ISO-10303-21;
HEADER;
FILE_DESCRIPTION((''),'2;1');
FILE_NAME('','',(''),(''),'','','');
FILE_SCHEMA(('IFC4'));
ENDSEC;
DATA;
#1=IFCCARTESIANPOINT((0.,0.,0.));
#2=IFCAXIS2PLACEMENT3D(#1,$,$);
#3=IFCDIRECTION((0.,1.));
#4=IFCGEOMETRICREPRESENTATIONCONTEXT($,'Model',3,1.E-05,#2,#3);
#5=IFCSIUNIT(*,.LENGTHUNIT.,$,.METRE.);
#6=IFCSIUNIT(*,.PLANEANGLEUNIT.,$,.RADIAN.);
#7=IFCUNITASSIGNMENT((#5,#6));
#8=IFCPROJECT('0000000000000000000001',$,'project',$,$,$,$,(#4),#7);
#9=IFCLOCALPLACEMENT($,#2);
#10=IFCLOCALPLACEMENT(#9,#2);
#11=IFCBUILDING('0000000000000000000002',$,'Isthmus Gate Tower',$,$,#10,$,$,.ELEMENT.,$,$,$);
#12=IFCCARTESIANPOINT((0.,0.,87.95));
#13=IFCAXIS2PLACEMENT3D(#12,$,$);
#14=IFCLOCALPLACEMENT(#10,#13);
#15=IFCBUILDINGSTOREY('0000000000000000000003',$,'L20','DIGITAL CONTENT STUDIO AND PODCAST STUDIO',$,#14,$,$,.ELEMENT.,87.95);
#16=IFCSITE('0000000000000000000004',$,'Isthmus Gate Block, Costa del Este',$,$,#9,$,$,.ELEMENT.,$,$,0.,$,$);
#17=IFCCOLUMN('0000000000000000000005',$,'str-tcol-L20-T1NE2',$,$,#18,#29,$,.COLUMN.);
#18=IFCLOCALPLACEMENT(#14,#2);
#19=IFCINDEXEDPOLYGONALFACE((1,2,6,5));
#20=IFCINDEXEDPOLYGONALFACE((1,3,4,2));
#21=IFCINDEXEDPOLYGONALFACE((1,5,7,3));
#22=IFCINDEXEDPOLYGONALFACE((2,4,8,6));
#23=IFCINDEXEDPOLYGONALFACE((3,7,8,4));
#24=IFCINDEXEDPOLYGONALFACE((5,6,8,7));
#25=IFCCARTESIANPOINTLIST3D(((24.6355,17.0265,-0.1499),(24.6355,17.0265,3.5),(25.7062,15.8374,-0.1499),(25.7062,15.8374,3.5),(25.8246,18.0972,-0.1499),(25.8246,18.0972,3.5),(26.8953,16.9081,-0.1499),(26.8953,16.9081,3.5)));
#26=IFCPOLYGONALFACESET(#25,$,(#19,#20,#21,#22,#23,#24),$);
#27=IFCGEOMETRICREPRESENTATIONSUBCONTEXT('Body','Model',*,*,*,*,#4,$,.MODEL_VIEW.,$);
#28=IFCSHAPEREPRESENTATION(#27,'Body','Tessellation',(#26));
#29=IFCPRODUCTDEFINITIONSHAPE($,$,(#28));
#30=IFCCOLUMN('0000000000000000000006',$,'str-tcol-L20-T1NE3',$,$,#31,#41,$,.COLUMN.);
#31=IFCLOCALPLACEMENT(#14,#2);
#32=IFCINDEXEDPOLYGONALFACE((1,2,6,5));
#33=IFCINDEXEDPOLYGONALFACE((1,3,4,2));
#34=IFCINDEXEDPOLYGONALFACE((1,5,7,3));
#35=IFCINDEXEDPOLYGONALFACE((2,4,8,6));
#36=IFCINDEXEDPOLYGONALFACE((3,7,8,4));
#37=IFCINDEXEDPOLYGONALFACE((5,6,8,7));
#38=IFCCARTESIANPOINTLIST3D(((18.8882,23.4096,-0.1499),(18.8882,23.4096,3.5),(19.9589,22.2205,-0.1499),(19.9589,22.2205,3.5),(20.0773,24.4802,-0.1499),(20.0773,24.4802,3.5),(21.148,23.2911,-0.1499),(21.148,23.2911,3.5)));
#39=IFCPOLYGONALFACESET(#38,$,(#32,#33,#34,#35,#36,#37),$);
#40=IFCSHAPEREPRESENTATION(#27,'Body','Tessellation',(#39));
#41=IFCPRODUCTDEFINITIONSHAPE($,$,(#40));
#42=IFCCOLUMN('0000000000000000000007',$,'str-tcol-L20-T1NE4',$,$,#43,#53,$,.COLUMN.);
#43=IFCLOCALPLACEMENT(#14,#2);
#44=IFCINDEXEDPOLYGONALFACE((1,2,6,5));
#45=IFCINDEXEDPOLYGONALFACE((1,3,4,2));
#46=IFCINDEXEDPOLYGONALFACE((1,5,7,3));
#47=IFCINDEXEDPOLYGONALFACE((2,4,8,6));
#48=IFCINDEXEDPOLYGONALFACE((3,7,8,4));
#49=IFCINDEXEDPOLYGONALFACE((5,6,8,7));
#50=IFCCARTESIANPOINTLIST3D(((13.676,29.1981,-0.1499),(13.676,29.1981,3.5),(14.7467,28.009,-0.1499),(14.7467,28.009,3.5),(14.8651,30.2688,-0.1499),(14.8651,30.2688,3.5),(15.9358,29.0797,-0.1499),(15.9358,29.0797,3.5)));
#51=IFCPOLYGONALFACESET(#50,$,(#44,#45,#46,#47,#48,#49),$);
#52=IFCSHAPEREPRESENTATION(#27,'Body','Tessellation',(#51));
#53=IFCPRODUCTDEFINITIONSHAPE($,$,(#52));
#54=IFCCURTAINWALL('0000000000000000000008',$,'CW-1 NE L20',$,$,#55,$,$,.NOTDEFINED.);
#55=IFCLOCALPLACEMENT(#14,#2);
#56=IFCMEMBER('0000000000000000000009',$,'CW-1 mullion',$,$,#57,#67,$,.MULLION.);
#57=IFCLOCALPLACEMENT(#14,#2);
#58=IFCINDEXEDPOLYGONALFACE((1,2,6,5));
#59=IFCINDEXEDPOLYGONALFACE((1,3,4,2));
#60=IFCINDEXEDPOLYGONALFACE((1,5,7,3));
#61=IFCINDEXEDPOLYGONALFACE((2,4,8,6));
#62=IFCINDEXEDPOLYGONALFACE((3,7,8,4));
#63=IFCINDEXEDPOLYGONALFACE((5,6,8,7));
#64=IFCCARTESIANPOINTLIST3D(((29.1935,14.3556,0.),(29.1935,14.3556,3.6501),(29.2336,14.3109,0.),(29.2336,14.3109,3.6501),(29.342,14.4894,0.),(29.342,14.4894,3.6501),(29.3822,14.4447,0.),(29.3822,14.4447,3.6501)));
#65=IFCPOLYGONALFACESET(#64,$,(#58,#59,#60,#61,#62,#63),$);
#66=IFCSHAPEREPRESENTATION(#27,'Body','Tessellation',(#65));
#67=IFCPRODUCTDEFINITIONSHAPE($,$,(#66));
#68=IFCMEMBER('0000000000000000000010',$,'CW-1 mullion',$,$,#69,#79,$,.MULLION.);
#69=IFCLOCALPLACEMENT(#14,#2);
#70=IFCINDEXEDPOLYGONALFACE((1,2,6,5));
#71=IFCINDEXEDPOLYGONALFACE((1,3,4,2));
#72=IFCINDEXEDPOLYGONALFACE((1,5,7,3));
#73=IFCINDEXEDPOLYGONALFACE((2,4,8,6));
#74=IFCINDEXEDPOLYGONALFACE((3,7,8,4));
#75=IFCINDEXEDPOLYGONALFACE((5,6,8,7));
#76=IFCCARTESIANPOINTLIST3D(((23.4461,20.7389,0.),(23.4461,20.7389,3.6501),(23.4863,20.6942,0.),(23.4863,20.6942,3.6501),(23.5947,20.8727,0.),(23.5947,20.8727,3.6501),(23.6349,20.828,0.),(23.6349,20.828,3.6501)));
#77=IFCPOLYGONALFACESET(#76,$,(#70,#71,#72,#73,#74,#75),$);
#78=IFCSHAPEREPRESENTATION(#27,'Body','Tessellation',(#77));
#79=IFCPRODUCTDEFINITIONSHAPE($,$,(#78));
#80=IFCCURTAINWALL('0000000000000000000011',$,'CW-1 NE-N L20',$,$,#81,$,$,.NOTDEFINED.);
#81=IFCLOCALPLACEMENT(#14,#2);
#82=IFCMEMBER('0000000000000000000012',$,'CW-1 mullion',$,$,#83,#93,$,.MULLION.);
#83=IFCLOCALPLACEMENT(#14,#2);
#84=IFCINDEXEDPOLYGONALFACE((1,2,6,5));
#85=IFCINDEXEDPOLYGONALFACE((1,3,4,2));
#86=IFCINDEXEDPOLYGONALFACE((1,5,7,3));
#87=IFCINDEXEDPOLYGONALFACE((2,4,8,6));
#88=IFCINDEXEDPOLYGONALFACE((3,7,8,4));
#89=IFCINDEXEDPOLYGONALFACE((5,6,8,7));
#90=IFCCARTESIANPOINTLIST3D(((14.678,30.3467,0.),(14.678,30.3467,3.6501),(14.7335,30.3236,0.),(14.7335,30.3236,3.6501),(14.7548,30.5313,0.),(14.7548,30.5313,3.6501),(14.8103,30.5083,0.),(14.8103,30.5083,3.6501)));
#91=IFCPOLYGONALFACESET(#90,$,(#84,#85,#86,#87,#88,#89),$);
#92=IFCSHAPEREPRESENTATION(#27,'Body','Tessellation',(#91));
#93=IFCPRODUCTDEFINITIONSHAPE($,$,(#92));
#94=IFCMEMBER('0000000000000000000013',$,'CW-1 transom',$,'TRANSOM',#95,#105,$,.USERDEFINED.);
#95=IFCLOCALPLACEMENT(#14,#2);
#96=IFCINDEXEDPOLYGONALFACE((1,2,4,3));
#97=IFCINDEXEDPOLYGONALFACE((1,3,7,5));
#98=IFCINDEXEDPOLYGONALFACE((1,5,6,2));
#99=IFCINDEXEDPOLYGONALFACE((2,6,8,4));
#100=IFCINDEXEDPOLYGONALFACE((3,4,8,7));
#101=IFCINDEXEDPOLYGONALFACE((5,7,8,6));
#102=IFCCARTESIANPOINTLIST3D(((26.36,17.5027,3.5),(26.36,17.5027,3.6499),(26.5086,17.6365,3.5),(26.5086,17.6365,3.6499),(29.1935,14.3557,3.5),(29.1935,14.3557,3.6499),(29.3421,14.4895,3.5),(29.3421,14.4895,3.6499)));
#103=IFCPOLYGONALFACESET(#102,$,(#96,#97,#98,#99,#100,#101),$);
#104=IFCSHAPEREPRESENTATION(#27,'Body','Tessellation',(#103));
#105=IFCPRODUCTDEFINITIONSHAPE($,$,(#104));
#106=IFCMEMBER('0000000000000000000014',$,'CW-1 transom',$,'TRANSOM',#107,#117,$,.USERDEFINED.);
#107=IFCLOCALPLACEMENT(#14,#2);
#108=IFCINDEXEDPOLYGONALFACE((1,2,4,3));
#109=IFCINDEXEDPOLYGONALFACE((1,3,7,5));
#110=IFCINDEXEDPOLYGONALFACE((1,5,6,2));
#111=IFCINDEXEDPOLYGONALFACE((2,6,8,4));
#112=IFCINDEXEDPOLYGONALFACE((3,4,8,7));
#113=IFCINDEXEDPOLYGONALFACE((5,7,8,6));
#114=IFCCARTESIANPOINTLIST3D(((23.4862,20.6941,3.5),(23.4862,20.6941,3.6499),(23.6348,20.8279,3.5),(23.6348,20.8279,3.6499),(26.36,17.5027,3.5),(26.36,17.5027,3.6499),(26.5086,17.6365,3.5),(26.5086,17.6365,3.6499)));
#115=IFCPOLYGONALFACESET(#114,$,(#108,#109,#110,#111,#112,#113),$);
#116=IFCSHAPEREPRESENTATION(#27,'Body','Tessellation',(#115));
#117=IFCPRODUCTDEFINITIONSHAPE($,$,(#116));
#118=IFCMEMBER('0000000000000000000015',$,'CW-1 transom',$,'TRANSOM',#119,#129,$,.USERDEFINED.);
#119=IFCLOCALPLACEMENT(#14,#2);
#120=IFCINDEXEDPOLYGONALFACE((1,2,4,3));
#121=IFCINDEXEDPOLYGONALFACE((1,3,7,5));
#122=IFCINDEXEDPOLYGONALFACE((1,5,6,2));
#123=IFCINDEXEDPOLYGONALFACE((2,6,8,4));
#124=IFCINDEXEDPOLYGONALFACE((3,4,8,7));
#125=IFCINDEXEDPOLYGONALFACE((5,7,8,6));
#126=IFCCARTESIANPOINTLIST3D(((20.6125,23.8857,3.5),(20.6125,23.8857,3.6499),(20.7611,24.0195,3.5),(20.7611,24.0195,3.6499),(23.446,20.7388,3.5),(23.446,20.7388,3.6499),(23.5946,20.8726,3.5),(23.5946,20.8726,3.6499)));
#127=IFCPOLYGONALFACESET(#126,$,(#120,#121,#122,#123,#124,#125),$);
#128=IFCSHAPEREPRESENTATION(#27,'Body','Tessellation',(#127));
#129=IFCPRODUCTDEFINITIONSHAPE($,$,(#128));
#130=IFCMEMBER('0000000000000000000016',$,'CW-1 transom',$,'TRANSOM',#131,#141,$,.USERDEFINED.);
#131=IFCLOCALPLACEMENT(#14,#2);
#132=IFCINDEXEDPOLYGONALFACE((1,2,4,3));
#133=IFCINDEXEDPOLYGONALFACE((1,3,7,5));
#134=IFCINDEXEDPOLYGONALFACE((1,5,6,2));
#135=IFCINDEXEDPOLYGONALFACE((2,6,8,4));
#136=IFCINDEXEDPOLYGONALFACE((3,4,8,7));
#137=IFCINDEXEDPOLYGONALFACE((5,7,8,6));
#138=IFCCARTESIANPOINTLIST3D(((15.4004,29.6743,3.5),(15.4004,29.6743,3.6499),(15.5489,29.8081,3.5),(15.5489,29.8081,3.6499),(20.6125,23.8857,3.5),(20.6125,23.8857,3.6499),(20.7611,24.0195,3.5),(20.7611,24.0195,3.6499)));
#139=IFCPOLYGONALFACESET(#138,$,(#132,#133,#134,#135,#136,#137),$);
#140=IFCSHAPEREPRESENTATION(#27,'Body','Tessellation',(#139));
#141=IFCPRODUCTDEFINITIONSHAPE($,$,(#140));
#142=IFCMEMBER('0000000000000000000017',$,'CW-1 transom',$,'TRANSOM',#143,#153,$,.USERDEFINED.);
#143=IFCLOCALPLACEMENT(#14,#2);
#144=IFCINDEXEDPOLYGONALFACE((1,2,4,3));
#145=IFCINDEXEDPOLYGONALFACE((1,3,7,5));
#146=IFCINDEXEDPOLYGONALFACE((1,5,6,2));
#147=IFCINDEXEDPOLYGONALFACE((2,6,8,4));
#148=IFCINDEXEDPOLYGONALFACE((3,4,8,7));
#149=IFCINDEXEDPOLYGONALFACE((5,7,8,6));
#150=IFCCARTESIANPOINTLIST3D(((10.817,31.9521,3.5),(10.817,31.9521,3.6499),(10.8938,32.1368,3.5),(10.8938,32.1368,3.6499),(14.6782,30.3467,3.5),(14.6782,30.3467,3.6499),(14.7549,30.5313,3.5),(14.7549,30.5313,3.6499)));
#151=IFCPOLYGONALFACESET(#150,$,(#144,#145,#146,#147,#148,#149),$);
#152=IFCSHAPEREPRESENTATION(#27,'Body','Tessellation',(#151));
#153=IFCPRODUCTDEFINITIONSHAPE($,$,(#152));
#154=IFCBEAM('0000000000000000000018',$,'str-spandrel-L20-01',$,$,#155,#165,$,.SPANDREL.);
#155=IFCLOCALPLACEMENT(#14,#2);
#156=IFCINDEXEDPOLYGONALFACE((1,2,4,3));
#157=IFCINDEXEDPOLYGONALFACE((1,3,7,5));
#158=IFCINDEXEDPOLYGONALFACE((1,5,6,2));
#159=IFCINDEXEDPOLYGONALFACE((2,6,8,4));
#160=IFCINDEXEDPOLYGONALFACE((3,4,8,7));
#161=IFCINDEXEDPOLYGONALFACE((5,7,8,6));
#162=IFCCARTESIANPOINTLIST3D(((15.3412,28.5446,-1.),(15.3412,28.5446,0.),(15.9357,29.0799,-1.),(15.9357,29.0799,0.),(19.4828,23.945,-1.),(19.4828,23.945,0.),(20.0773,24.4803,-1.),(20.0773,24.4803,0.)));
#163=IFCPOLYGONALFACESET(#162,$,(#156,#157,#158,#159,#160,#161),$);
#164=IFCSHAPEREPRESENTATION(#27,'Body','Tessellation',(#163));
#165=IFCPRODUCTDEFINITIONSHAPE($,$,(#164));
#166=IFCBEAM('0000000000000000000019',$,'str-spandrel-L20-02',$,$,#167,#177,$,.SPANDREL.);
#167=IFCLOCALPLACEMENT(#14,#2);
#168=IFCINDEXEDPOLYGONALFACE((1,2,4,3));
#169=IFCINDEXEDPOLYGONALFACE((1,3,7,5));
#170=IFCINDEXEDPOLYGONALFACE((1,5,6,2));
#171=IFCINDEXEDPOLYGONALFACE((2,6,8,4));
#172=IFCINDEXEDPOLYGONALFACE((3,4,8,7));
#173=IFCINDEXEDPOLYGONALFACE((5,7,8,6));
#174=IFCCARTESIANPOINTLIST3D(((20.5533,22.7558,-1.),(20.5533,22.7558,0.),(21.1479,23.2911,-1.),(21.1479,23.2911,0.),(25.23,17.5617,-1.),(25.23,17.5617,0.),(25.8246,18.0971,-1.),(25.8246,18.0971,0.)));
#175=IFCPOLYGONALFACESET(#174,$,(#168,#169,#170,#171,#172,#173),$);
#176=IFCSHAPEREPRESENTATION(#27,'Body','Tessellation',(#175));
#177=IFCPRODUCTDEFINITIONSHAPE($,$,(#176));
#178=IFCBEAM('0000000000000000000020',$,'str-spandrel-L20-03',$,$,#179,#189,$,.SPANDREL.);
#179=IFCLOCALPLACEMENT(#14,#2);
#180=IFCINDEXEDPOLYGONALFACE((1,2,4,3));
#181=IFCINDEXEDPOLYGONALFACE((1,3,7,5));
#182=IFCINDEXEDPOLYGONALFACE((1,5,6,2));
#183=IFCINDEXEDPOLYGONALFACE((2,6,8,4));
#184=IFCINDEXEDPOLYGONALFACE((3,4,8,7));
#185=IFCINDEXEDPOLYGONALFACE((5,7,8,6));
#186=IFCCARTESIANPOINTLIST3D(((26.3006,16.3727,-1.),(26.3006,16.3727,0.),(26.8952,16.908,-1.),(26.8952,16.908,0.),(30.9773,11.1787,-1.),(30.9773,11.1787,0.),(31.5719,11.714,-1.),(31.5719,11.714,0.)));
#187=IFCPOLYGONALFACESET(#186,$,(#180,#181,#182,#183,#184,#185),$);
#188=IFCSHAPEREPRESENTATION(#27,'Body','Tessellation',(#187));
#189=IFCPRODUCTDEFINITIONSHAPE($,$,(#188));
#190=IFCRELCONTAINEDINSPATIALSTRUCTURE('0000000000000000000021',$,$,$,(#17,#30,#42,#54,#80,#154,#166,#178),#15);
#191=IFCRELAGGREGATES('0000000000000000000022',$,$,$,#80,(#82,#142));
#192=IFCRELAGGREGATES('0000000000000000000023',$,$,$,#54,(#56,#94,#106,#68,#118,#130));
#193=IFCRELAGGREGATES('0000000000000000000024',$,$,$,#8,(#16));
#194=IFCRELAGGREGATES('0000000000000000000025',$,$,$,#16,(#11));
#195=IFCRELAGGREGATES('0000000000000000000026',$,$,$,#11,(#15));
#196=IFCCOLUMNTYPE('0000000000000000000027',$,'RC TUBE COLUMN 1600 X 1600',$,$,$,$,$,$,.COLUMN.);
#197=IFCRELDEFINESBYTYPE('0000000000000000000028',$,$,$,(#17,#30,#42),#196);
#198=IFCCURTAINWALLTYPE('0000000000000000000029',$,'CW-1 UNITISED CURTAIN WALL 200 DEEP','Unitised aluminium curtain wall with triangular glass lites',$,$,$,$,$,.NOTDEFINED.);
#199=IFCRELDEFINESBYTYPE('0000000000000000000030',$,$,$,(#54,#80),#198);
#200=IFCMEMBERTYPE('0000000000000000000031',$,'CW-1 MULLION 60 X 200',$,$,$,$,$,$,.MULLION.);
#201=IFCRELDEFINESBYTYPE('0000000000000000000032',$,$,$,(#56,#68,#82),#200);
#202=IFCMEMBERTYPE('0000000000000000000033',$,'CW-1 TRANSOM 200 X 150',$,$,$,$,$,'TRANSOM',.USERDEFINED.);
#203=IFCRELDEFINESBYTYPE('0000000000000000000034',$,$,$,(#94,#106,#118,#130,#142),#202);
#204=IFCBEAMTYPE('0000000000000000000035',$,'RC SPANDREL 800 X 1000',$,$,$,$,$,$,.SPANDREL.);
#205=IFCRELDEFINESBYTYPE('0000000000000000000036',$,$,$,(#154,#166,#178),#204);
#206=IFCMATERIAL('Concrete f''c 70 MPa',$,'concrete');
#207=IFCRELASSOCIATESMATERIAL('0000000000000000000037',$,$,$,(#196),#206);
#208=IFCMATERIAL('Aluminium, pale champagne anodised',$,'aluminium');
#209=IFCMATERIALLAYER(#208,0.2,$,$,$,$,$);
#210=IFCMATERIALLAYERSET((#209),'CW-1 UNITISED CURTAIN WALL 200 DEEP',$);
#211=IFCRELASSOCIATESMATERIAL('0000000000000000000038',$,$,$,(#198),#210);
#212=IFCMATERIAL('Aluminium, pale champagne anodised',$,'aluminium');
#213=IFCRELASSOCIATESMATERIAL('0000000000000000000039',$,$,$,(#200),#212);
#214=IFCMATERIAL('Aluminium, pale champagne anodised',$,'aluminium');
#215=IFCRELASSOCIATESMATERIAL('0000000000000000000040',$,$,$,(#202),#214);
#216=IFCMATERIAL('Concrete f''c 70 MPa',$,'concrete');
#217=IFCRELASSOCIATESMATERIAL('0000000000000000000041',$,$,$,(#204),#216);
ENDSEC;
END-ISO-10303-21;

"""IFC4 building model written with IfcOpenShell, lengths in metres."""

from ifc_helpers import new_model, si_unit, direction, frame, origin, origin_2d, place, context, subcontext, project, spatial, rectangle, extrude, material, layer, layer_set, material_profile, profile_set, type_object, element, aggregate, save


model = new_model("IFC4")

# Units and contexts
model_context = context("Model", 3, precision=1e-05, world=origin(), true_north=direction((0.0, 1.0)))
body_context = subcontext(model_context, "Body", "Model", "MODEL_VIEW")
ifc_project = project(units=[si_unit("LENGTHUNIT", "METRE"), si_unit("PLANEANGLEUNIT", "RADIAN")], contexts=[model_context])

# Site, building, storey
site_placement = place(None, origin())
site = spatial("IfcSite", under=ifc_project, at=site_placement, Name="Isthmus Gate Block, Costa del Este", CompositionType="ELEMENT", RefElevation=0.0)
building_placement = place(site_placement, origin())
building = spatial("IfcBuilding", under=site, at=building_placement, Name="Isthmus Gate Tower", CompositionType="ELEMENT")
storey_placement = place(building_placement, frame((0.0, 0.0, 87.95)))
storey = spatial("IfcBuildingStorey", under=building, at=storey_placement, Name="L20", Description="DIGITAL CONTENT STUDIO AND PODCAST STUDIO", CompositionType="ELEMENT", Elevation=87.95)

# Columns
ifc_material_1 = material(Name="Concrete f'c 70 MPa", Category="concrete")
ifc_material_profile_1 = material_profile(ifc_material_1, rectangle(XDim=1.6001, YDim=1.6001, at=origin_2d()), Name="RC 1600X1600")
ifc_profile_set_1 = profile_set([ifc_material_profile_1], Name="Concrete f'c 70 MPa")
column_type = type_object("IfcColumnType", Name="RC TUBE COLUMN 1600 X 1600", PredefinedType="COLUMN", material=ifc_profile_set_1)
for number, where, z_axis, x_axis, name in (
    (1, (25.7654, 16.9673, -0.1499), (0.0, 0.0, 1.0), (-0.669131, 0.743145, 0.0), "str-tcol-L20-T1NE2"),
    (2, (20.0181, 23.3503, -0.1499), (0.0, 0.0, 1.0), (-0.669131, 0.743145, 0.0), "str-tcol-L20-T1NE3"),
    (3, (14.8059, 29.1389, -0.1499), (0.0, 0.0, 1.0), (-0.669131, 0.743145, 0.0), "str-tcol-L20-T1NE4"),
):
    element("IfcColumn", number, at=place(storey_placement, frame(where, z_axis=z_axis, x_axis=x_axis)), inside=storey, type_object=column_type, Name=name, PredefinedType="COLUMN", context=body_context, shape_type="SweptSolid", body=[
        extrude(rectangle(XDim=1.6001, YDim=1.6001, at=origin_2d()), origin(), (0.0, 0.0, 1.0), 3.6499),
    ])

# Curtain wall, members
ifc_material_2 = material(Name="Aluminium, pale champagne anodised", Category="aluminium")
ifc_layer_1 = layer(ifc_material_2, 0.2)
ifc_layer_set_1 = layer_set([ifc_layer_1], Name="CW-1 UNITISED CURTAIN WALL 200 DEEP")
curtain_wall_type = type_object("IfcCurtainWallType", Name="CW-1 UNITISED CURTAIN WALL 200 DEEP", Description="Unitised aluminium curtain wall with triangular glass lites", PredefinedType="NOTDEFINED", material=ifc_layer_set_1)
curtain_wall_1_placement = place(storey_placement, origin())
curtain_wall_1 = element("IfcCurtainWall", 4, at=curtain_wall_1_placement, inside=storey, type_object=curtain_wall_type, Name="CW-1 NE L20", PredefinedType="NOTDEFINED")
ifc_material_3 = material(Name="Aluminium, pale champagne anodised", Category="aluminium")
ifc_material_profile_2 = material_profile(ifc_material_3, rectangle(XDim=0.0601, YDim=0.2, at=origin_2d()), Name="60x200")
ifc_profile_set_2 = profile_set([ifc_material_profile_2], Name="Aluminium, pale champagne anodised")
member_type_1 = type_object("IfcMemberType", Name="CW-1 MULLION 60 X 200", PredefinedType="MULLION", material=ifc_profile_set_2)
member_1_placement = place(storey_placement, frame((29.2878, 14.4001, 0.0), z_axis=(0.0, 0.0, 1.0), x_axis=(-0.669131, 0.743145, 0.0)))
member_1 = element("IfcMember", 5, at=member_1_placement, type_object=member_type_1, Name="CW-1 mullion", PredefinedType="MULLION", context=body_context, shape_type="SweptSolid", body=[
    extrude(rectangle(XDim=0.0601, YDim=0.2, at=origin_2d()), origin(), (0.0, 0.0, 1.0), 3.6501),
])
member_2_placement = place(storey_placement, frame((23.5405, 20.7834, 0.0), z_axis=(0.0, 0.0, 1.0), x_axis=(-0.669131, 0.743145, 0.0)))
member_2 = element("IfcMember", 6, at=member_2_placement, type_object=member_type_1, Name="CW-1 mullion", PredefinedType="MULLION", context=body_context, shape_type="SweptSolid", body=[
    extrude(rectangle(XDim=0.0601, YDim=0.2, at=origin_2d()), origin(), (0.0, 0.0, 1.0), 3.6501),
])

# Curtain wall, member
curtain_wall_2_placement = place(storey_placement, origin())
curtain_wall_2 = element("IfcCurtainWall", 7, at=curtain_wall_2_placement, inside=storey, type_object=curtain_wall_type, Name="CW-1 NE-N L20", PredefinedType="NOTDEFINED")
member_3_placement = place(storey_placement, frame((14.7441, 30.4275, 0.0), z_axis=(0.0, 0.0, 1.0), x_axis=(-0.923353, 0.383952, 0.0)))
member_3 = element("IfcMember", 8, at=member_3_placement, type_object=member_type_1, Name="CW-1 mullion", PredefinedType="MULLION", context=body_context, shape_type="SweptSolid", body=[
    extrude(rectangle(XDim=0.0601, YDim=0.2, at=origin_2d()), origin(), (0.0, 0.0, 1.0), 3.6501),
])

# Members
ifc_material_4 = material(Name="Aluminium, pale champagne anodised", Category="aluminium")
ifc_material_profile_3 = material_profile(ifc_material_4, rectangle(XDim=0.2, YDim=0.1499, at=origin_2d()), Name="200x150")
ifc_profile_set_3 = profile_set([ifc_material_profile_3], Name="Aluminium, pale champagne anodised")
member_type_2 = type_object("IfcMemberType", Name="CW-1 TRANSOM 200 X 150", ElementType="TRANSOM", PredefinedType="USERDEFINED", material=ifc_profile_set_3)
member_4_placement = place(storey_placement, frame((29.2678, 14.4226, 3.575), z_axis=(-0.669124, 0.743151, 0.0), x_axis=(-0.743151, -0.669124, 0.0)))
member_4 = element("IfcMember", 9, at=member_4_placement, type_object=member_type_2, Name="CW-1 transom", ObjectType="TRANSOM", PredefinedType="USERDEFINED", context=body_context, shape_type="SweptSolid", body=[
    extrude(rectangle(XDim=0.2, YDim=0.1499, at=origin_2d()), origin(), (0.0, 0.0, 1.0), 4.2346),
])
member_5_placement = place(storey_placement, frame((26.4343, 17.5696, 3.575), z_axis=(-0.669159, 0.743119, 0.0), x_axis=(-0.743119, -0.669159, 0.0)))
member_5 = element("IfcMember", 10, at=member_5_placement, type_object=member_type_2, Name="CW-1 transom", ObjectType="TRANSOM", PredefinedType="USERDEFINED", context=body_context, shape_type="SweptSolid", body=[
    extrude(rectangle(XDim=0.2, YDim=0.1499, at=origin_2d()), origin(), (0.0, 0.0, 1.0), 4.2947),
])
member_6_placement = place(storey_placement, frame((23.5203, 20.8057, 3.575), z_axis=(-0.669124, 0.743151, 0.0), x_axis=(-0.743151, -0.669124, 0.0)))
member_6 = element("IfcMember", 11, at=member_6_placement, type_object=member_type_2, Name="CW-1 transom", ObjectType="TRANSOM", PredefinedType="USERDEFINED", context=body_context, shape_type="SweptSolid", body=[
    extrude(rectangle(XDim=0.2, YDim=0.1499, at=origin_2d()), origin(), (0.0, 0.0, 1.0), 4.2346),
])
member_7_placement = place(storey_placement, frame((20.6868, 23.9526, 3.575), z_axis=(-0.669138, 0.743138, 0.0), x_axis=(-0.743138, -0.669138, 0.0)))
member_7 = element("IfcMember", 12, at=member_7_placement, type_object=member_type_2, Name="CW-1 transom", ObjectType="TRANSOM", PredefinedType="USERDEFINED", context=body_context, shape_type="SweptSolid", body=[
    extrude(rectangle(XDim=0.2, YDim=0.1499, at=origin_2d()), origin(), (0.0, 0.0, 1.0), 7.7893),
])
member_8_placement = place(storey_placement, frame((14.7166, 30.439, 3.575), z_axis=(-0.923358, 0.38394, 0.0), x_axis=(-0.38394, -0.923358, 0.0)))
member_8 = element("IfcMember", 13, at=member_8_placement, type_object=member_type_2, Name="CW-1 transom", ObjectType="TRANSOM", PredefinedType="USERDEFINED", context=body_context, shape_type="SweptSolid", body=[
    extrude(rectangle(XDim=0.2, YDim=0.1499, at=origin_2d()), origin(), (0.0, 0.0, 1.0), 4.1816),
])
aggregate(curtain_wall_2, [member_3, member_8])

# Beams
ifc_material_5 = material(Name="Concrete f'c 70 MPa", Category="concrete")
ifc_material_profile_4 = material_profile(ifc_material_5, rectangle(XDim=0.8, YDim=1.0, at=origin_2d()), Name="RC 800X1000")
ifc_profile_set_4 = profile_set([ifc_material_profile_4], Name="Concrete f'c 70 MPa")
beam_type_1 = type_object("IfcBeamType", Name="RC SPANDREL 800 X 1000", PredefinedType="SPANDREL", material=ifc_profile_set_4)
beam_1_placement = place(storey_placement, frame((15.6384, 28.8123, -0.5), z_axis=(0.669139, -0.743137, 0.0), x_axis=(0.743137, 0.669139, 0.0)))
element("IfcBeam", 14, at=beam_1_placement, inside=storey, type_object=beam_type_1, Name="str-spandrel-L20-01", PredefinedType="SPANDREL", context=body_context, shape_type="SweptSolid", body=[
    extrude(rectangle(XDim=0.8, YDim=1.0, at=origin_2d()), origin(), (0.0, 0.0, 1.0), 6.1895),
])
for number, where, z_axis, x_axis, name in (
    (15, (20.8506, 23.0234, -0.5), (0.669129, -0.743146, 0.0), (0.743146, 0.669129, 0.0), "str-spandrel-L20-02"),
    (16, (26.5979, 16.6404, -0.5), (0.669129, -0.743146, 0.0), (0.743146, 0.669129, 0.0), "str-spandrel-L20-03"),
):
    element("IfcBeam", number, at=place(storey_placement, frame(where, z_axis=z_axis, x_axis=x_axis)), inside=storey, type_object=beam_type_1, Name=name, PredefinedType="SPANDREL", context=body_context, shape_type="SweptSolid", body=[
        extrude(rectangle(XDim=0.8, YDim=1.0, at=origin_2d()), origin(), (0.0, 0.0, 1.0), 6.9893),
    ])

aggregate(curtain_wall_1, [member_1, member_4, member_5, member_2, member_6, member_7])

save(model, "model.ifc")
